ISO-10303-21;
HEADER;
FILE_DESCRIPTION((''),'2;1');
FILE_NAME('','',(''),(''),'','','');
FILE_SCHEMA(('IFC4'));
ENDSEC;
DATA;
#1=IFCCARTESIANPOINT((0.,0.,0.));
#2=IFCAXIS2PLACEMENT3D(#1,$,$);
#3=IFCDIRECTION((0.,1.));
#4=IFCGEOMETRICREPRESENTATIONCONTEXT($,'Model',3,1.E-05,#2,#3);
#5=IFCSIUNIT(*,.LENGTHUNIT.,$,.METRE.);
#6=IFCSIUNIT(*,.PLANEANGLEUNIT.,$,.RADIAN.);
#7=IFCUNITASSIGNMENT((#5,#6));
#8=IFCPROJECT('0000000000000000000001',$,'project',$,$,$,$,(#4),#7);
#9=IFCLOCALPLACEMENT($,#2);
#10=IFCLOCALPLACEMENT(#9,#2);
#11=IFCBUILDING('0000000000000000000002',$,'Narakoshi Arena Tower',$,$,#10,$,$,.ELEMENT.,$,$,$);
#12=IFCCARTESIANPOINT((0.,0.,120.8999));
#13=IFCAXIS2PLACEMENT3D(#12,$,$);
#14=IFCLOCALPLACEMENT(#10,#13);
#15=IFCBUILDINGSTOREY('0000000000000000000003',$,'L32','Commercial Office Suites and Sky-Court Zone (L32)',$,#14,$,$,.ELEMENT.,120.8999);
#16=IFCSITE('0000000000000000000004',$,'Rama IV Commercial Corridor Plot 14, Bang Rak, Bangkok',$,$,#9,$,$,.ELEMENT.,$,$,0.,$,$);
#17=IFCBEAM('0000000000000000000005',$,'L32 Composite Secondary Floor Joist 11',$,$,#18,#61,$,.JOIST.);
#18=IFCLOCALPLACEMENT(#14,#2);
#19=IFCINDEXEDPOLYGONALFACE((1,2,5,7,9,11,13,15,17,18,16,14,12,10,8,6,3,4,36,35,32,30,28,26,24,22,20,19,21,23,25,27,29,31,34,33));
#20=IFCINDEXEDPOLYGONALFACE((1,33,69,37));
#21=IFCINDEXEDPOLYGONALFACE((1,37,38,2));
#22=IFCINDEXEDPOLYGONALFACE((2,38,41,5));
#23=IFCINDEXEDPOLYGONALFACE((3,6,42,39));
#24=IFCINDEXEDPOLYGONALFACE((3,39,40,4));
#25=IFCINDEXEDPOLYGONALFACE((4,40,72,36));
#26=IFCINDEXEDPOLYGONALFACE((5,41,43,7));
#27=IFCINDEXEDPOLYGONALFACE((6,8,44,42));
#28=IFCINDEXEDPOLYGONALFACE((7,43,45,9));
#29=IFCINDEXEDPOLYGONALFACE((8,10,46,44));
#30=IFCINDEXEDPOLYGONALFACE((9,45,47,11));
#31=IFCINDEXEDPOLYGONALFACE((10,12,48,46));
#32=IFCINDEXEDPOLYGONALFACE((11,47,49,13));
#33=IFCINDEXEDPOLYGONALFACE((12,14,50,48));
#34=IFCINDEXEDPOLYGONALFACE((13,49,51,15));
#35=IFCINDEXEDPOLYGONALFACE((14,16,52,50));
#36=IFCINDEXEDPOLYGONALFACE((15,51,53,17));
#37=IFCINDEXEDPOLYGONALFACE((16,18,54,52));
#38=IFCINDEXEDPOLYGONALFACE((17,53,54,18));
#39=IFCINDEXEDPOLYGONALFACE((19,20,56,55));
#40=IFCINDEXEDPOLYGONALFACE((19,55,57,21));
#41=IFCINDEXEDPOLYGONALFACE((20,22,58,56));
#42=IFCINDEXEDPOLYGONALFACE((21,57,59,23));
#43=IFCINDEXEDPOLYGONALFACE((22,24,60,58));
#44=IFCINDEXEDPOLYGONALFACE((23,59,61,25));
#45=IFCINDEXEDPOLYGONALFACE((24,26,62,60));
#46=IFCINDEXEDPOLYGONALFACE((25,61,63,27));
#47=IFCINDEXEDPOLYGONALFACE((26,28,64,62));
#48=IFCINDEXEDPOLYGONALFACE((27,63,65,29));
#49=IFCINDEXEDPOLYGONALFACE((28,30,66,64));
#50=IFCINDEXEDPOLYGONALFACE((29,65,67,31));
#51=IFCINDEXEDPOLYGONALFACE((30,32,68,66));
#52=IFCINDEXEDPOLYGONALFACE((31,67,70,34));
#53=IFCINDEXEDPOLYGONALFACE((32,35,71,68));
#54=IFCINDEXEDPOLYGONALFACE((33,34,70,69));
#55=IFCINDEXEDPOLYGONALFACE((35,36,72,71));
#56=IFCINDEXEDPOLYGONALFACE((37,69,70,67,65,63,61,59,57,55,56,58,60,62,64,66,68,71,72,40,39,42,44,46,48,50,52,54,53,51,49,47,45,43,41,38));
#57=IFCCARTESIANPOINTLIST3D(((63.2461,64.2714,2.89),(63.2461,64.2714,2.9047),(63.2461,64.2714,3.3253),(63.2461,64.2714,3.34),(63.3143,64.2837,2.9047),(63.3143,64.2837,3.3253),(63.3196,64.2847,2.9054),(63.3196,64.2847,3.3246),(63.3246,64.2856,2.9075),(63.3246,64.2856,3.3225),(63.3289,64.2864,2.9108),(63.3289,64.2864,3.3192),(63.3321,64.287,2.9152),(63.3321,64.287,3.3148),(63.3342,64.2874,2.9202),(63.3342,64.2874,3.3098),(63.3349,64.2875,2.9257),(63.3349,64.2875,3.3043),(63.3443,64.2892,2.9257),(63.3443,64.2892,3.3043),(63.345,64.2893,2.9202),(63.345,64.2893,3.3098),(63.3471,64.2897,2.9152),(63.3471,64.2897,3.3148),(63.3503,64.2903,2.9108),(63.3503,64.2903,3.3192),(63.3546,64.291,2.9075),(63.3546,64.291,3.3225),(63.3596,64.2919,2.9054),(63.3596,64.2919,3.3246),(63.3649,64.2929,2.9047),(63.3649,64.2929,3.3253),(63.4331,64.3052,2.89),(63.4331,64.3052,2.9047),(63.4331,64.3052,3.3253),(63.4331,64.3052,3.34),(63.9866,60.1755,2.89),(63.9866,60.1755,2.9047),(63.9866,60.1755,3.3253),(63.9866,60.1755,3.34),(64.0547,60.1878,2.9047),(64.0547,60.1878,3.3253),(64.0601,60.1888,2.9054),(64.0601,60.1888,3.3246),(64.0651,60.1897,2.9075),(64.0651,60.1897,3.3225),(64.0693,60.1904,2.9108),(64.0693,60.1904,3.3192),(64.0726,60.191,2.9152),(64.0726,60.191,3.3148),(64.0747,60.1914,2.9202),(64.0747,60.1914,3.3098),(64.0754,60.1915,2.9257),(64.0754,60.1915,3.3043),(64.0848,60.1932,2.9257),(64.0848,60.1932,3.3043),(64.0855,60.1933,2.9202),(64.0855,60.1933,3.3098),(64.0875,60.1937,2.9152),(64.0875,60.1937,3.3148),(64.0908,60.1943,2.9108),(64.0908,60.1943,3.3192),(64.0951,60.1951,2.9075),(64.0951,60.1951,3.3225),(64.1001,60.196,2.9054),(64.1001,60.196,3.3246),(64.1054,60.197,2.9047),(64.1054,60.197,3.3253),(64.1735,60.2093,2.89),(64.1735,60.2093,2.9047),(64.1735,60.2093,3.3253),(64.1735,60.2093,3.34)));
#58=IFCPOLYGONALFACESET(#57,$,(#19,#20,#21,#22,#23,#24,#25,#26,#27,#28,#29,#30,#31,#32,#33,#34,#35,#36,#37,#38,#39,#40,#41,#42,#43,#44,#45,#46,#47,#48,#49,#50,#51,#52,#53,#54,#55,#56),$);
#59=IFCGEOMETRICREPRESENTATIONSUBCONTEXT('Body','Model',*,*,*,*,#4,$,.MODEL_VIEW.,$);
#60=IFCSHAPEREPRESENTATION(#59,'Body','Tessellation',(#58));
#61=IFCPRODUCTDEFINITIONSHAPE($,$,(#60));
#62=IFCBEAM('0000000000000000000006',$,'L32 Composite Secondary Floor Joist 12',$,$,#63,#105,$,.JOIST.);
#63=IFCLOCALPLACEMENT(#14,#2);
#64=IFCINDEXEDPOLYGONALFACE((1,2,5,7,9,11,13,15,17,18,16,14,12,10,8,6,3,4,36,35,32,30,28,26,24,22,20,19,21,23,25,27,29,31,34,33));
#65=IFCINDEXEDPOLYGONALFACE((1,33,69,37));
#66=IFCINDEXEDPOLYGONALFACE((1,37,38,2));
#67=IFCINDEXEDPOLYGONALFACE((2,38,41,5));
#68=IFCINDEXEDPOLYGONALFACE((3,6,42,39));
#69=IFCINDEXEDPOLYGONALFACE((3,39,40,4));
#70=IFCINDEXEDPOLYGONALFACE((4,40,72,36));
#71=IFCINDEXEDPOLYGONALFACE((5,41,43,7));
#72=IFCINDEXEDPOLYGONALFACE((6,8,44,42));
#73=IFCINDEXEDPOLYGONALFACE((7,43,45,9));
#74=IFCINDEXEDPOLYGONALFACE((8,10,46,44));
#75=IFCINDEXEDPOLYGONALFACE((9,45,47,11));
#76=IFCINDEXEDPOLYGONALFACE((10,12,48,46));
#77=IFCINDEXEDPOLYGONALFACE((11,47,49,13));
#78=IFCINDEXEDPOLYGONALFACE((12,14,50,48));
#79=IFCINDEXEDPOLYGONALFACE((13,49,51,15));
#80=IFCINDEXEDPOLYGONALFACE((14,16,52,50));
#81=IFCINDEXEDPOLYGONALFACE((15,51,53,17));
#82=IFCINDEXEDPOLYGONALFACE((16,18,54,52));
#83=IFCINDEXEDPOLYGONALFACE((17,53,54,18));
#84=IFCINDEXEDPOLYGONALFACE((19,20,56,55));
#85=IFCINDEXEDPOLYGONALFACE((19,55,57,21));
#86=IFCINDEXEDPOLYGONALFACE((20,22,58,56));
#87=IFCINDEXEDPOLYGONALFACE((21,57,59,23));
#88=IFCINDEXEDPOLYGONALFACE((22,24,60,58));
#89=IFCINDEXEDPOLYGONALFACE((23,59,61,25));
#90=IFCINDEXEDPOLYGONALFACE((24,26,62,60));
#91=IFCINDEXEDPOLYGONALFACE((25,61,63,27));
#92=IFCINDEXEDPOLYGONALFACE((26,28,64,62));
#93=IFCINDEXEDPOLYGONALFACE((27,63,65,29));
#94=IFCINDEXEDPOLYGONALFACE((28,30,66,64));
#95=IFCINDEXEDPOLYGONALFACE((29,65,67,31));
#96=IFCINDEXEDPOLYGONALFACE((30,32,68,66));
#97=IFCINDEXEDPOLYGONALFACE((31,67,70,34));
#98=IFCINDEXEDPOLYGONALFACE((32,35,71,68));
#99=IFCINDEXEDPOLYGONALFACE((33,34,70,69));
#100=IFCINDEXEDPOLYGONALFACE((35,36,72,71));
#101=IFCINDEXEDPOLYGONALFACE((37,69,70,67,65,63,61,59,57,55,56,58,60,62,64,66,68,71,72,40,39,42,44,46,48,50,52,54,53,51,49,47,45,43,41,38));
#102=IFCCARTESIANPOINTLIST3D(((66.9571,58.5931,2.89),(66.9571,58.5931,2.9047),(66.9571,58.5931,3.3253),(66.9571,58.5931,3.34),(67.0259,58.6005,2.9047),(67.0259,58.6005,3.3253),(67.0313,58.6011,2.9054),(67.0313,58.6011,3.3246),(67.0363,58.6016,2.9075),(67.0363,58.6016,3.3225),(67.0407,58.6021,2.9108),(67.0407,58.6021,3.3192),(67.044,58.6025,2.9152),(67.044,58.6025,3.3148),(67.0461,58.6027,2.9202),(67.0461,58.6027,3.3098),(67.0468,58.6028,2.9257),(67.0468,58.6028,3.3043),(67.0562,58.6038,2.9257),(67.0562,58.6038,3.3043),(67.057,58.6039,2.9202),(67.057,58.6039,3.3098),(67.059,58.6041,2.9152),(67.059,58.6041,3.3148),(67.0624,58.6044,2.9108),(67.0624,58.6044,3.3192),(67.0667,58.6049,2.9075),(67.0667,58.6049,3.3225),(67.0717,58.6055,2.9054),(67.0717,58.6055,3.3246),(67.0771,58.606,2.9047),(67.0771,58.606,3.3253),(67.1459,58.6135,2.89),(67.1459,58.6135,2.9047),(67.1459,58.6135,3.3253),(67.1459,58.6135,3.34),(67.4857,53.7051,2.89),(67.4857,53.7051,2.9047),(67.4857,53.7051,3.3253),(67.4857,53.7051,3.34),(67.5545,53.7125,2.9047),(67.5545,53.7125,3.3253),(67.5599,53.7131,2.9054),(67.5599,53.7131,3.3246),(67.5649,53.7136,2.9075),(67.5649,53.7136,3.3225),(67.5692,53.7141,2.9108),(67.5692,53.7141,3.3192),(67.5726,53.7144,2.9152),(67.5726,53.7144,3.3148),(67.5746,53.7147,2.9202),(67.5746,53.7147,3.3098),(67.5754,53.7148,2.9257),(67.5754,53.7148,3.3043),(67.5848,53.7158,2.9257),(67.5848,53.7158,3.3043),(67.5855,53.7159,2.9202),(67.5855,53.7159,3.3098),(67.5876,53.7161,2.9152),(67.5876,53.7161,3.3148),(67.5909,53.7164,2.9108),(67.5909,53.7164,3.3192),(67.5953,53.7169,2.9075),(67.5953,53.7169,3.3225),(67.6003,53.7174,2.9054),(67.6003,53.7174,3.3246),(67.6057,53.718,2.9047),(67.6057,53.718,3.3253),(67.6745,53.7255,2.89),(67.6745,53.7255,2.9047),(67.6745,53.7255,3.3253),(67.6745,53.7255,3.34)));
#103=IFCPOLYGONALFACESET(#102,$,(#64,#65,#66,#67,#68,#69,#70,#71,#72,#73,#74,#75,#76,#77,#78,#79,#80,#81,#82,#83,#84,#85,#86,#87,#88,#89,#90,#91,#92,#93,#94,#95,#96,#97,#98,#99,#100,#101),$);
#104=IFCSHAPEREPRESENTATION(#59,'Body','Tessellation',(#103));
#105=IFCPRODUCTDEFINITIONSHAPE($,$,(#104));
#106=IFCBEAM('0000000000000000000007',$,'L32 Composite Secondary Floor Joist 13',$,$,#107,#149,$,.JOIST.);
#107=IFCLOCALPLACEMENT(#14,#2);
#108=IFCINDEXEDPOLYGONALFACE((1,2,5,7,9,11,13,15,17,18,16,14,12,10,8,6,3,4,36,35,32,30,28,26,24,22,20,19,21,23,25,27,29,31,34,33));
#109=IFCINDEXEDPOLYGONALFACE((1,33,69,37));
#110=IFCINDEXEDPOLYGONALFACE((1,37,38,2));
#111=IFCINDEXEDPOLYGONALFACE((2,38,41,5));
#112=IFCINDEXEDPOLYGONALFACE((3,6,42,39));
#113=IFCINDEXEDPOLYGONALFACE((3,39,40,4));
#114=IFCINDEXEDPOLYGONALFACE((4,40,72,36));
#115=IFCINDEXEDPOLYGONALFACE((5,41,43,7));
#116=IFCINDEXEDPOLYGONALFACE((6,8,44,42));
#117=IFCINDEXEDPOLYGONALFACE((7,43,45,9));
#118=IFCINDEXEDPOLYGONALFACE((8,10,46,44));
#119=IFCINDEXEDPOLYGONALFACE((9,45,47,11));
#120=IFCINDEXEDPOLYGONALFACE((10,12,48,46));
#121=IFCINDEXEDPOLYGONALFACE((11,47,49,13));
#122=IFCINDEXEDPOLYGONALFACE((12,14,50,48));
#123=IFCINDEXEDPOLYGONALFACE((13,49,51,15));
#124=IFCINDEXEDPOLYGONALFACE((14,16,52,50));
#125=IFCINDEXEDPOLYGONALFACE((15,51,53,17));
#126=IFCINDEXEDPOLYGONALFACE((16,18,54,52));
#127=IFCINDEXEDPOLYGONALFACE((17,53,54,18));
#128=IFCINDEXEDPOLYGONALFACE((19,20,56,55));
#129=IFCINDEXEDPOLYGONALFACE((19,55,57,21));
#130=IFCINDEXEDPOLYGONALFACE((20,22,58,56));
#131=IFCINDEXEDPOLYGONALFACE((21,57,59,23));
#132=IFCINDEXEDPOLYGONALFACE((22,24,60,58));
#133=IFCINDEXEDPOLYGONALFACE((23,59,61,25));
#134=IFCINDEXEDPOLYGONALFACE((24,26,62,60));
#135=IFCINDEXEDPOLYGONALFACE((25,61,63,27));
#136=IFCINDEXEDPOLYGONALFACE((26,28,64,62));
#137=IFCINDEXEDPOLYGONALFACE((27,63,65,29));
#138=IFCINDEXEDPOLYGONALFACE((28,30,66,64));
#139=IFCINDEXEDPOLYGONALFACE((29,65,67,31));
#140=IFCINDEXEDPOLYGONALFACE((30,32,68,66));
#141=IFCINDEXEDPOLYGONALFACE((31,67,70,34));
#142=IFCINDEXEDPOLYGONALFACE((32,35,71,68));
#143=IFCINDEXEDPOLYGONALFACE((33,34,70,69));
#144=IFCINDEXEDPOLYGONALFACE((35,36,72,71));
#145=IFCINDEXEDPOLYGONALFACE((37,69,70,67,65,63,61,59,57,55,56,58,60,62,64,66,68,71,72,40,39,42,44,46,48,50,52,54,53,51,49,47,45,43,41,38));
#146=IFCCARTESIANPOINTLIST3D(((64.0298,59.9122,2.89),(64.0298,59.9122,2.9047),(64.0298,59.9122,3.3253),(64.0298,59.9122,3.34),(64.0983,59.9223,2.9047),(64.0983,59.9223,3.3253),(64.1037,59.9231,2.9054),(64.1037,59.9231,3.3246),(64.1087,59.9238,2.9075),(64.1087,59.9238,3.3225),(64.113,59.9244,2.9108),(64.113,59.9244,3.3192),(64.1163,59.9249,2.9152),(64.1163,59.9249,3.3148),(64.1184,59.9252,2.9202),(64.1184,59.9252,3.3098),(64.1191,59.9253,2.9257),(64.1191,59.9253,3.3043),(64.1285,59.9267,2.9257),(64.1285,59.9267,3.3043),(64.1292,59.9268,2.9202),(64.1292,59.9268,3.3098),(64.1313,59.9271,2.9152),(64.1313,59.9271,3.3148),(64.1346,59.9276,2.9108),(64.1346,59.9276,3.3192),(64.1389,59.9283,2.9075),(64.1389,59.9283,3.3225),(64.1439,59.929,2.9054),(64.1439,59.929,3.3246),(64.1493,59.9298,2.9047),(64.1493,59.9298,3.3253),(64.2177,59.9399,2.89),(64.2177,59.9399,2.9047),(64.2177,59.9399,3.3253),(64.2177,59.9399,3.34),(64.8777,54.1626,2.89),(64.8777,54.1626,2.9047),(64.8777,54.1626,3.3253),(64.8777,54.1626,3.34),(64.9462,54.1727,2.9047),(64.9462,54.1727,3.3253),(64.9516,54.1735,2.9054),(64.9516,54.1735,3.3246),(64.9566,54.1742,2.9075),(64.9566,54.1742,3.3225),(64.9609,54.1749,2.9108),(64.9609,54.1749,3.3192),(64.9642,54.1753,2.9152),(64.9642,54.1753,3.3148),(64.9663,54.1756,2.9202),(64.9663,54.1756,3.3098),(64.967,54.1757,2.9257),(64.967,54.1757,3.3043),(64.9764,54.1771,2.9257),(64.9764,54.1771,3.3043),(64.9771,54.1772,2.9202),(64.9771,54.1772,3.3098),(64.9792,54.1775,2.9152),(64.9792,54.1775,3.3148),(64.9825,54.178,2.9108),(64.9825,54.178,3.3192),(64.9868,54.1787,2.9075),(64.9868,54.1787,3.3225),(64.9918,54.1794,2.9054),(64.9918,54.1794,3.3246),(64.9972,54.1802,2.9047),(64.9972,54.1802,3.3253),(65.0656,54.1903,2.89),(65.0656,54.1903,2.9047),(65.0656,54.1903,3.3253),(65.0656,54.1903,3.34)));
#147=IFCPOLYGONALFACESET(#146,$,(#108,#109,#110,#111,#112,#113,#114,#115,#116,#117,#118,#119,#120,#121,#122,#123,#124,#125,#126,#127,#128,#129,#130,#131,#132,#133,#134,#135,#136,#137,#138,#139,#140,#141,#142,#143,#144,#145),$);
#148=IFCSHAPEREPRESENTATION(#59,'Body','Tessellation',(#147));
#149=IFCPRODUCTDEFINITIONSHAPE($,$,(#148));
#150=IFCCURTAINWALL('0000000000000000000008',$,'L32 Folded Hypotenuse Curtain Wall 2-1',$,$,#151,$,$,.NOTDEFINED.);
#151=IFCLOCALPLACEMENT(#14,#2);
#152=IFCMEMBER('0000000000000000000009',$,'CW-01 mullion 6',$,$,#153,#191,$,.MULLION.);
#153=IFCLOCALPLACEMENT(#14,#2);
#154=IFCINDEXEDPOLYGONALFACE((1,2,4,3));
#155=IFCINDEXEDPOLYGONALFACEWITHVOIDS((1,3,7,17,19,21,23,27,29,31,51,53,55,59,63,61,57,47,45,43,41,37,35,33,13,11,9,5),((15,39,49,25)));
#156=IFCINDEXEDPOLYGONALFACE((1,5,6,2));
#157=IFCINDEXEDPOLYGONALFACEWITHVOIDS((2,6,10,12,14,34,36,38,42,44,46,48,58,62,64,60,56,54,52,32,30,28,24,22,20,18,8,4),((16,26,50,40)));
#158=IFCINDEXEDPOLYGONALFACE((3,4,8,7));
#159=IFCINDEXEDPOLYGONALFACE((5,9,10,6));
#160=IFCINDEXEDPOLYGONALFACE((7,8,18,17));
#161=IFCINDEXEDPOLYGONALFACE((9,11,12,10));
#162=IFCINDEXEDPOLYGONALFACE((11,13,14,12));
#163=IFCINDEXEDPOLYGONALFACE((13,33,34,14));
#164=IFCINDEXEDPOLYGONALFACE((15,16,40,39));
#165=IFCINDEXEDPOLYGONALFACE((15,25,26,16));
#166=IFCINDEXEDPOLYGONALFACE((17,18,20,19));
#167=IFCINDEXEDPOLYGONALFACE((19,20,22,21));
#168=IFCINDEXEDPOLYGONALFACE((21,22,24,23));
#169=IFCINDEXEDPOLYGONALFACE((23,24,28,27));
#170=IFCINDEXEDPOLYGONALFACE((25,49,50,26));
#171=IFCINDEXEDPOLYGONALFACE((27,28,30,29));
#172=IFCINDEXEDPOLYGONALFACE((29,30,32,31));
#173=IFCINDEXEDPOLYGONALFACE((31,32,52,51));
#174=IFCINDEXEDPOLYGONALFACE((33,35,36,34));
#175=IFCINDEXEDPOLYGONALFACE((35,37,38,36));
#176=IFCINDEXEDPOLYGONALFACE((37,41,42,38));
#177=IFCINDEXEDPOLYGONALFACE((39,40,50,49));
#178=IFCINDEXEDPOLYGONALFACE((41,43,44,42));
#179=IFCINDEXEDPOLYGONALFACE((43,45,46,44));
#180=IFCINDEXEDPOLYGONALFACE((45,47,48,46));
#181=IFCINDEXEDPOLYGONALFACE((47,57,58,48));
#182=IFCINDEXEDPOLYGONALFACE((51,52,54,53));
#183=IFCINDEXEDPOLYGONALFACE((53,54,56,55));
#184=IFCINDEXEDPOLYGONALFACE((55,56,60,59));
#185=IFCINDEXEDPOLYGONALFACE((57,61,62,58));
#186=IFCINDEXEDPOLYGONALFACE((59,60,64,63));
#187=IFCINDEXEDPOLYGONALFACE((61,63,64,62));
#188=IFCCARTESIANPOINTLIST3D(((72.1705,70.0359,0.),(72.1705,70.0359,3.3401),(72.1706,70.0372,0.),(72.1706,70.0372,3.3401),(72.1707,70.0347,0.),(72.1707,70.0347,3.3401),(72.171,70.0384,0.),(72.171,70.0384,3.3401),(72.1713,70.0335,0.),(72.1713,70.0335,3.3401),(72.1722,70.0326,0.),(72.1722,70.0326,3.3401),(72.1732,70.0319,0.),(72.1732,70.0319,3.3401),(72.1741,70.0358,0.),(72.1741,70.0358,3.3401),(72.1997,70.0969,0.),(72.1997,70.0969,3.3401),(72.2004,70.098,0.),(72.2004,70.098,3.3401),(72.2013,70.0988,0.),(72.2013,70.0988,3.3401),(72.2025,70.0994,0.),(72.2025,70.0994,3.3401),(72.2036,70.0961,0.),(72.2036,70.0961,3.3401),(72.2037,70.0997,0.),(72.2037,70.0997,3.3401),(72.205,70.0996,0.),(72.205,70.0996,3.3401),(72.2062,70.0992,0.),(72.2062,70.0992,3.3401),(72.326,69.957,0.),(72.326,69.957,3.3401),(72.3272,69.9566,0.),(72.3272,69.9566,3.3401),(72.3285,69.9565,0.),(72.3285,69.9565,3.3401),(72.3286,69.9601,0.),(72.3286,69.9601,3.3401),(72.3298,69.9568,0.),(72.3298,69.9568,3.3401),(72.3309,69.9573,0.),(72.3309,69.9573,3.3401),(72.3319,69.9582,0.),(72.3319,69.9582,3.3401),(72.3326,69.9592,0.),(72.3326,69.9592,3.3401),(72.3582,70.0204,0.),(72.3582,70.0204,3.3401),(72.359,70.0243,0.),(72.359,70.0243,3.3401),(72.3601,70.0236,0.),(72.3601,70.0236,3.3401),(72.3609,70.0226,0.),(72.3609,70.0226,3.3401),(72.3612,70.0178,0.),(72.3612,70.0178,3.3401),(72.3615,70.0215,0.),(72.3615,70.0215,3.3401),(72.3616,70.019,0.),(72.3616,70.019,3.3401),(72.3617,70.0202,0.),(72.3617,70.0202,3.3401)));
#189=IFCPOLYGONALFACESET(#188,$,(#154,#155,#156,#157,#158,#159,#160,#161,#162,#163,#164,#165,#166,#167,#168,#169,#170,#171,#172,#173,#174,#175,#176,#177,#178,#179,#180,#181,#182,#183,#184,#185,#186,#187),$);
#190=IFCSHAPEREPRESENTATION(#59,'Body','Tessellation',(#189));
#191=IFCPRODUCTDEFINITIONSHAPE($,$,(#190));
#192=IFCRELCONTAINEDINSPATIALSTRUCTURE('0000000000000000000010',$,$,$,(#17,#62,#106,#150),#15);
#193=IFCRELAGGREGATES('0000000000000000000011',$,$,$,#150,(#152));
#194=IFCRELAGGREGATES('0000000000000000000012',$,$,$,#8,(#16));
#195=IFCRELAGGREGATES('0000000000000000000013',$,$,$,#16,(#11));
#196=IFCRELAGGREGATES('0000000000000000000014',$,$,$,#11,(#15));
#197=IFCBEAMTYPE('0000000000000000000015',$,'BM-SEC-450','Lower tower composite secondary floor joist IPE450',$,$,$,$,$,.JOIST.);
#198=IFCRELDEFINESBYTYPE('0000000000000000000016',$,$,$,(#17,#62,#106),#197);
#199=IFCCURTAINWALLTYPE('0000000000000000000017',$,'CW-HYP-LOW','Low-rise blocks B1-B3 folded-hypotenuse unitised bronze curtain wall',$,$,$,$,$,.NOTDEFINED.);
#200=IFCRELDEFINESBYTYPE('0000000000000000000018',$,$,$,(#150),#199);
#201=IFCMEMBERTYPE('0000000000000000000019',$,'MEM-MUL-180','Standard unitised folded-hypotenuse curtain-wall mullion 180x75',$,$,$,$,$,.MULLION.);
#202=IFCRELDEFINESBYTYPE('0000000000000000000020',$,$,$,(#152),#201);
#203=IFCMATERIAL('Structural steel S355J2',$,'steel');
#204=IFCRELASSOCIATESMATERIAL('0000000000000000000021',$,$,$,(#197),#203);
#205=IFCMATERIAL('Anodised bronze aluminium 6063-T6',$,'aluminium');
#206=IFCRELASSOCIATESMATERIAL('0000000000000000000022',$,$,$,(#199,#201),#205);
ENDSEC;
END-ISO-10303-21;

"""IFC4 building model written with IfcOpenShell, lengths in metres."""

from ifc_helpers import new_model, si_unit, direction, frame, origin, origin_2d, place, context, subcontext, project, spatial, hollow_rectangle, i_section, extrude, material, material_profile, profile_set, type_object, element, aggregate, save


model = new_model("IFC4")

# Units and contexts
model_context = context("Model", 3, precision=1e-05, world=origin(), true_north=direction((0.0, 1.0)))
body_context = subcontext(model_context, "Body", "Model", "MODEL_VIEW")
ifc_project = project(units=[si_unit("LENGTHUNIT", "METRE"), si_unit("PLANEANGLEUNIT", "RADIAN")], contexts=[model_context])

# Site, building, storey
site_placement = place(None, origin())
site = spatial("IfcSite", under=ifc_project, at=site_placement, Name="Rama IV Commercial Corridor Plot 14, Bang Rak, Bangkok", CompositionType="ELEMENT", RefElevation=0.0)
building_placement = place(site_placement, origin())
building = spatial("IfcBuilding", under=site, at=building_placement, Name="Narakoshi Arena Tower", CompositionType="ELEMENT")
storey_placement = place(building_placement, frame((0.0, 0.0, 120.8999)))
storey = spatial("IfcBuildingStorey", under=building, at=storey_placement, Name="L32", Description="Commercial Office Suites and Sky-Court Zone (L32)", CompositionType="ELEMENT", Elevation=120.8999)

# Beams
ifc_material_1 = material(Name="Structural steel S355J2", Category="steel")
ifc_material_profile_1 = material_profile(ifc_material_1, i_section(OverallWidth=0.1899, OverallDepth=0.45, WebThickness=0.0095, FlangeThickness=0.0146, FilletRadius=0.021, at=origin_2d()), Name="IPE450")
ifc_profile_set_1 = profile_set([ifc_material_profile_1], Name="Structural steel S355J2")
beam_type_1 = type_object("IfcBeamType", Name="BM-SEC-450", Description="Lower tower composite secondary floor joist IPE450", PredefinedType="JOIST", material=ifc_profile_set_1)
beam_1_placement = place(storey_placement, frame((63.3396, 64.2883, 3.115), z_axis=(0.177899, -0.984049, 0.0), x_axis=(0.984049, 0.177899, 0.0)))
element("IfcBeam", 1, at=beam_1_placement, inside=storey, type_object=beam_type_1, Name="L32 Composite Secondary Floor Joist 11", PredefinedType="JOIST", context=body_context, shape_type="SweptSolid", body=[
    extrude(i_section(OverallWidth=0.1899, OverallDepth=0.45, WebThickness=0.0095, FlangeThickness=0.0146, FilletRadius=0.021, at=origin_2d()), origin(), (0.0, 0.0, 1.0), 4.1624),
])
beam_2_placement = place(storey_placement, frame((67.0515, 58.6033, 3.115), z_axis=(0.10751, -0.994204, 0.0), x_axis=(0.994204, 0.10751, 0.0)))
element("IfcBeam", 2, at=beam_2_placement, inside=storey, type_object=beam_type_1, Name="L32 Composite Secondary Floor Joist 12", PredefinedType="JOIST", context=body_context, shape_type="SweptSolid", body=[
    extrude(i_section(OverallWidth=0.1899, OverallDepth=0.45, WebThickness=0.0095, FlangeThickness=0.0146, FilletRadius=0.021, at=origin_2d()), origin(), (0.0, 0.0, 1.0), 4.9165),
])
beam_3_placement = place(storey_placement, frame((64.1238, 59.926, 3.115), z_axis=(0.145895, -0.9893, 0.0), x_axis=(0.9893, 0.145895, 0.0)))
element("IfcBeam", 3, at=beam_3_placement, inside=storey, type_object=beam_type_1, Name="L32 Composite Secondary Floor Joist 13", PredefinedType="JOIST", context=body_context, shape_type="SweptSolid", body=[
    extrude(i_section(OverallWidth=0.1899, OverallDepth=0.45, WebThickness=0.0095, FlangeThickness=0.0146, FilletRadius=0.021, at=origin_2d()), origin(), (0.0, 0.0, 1.0), 5.8118),
])

# Curtain wall, member
ifc_material_2 = material(Name="Anodised bronze aluminium 6063-T6", Category="aluminium")
curtain_wall_type = type_object("IfcCurtainWallType", Name="CW-HYP-LOW", Description="Low-rise blocks B1-B3 folded-hypotenuse unitised bronze curtain wall", PredefinedType="NOTDEFINED", material=ifc_material_2)
curtain_wall_placement = place(storey_placement, origin())
curtain_wall = element("IfcCurtainWall", 4, at=curtain_wall_placement, inside=storey, type_object=curtain_wall_type, Name="L32 Folded Hypotenuse Curtain Wall 2-1", PredefinedType="NOTDEFINED")
ifc_material_profile_2 = material_profile(ifc_material_2, hollow_rectangle(XDim=0.075, YDim=0.1799, WallThickness=0.0039, OuterFilletRadius=0.0049, at=origin_2d()), Name="MUL180x75x4")
ifc_profile_set_2 = profile_set([ifc_material_profile_2], Name="Anodised bronze aluminium 6063-T6")
member_type_1 = type_object("IfcMemberType", Name="MEM-MUL-180", Description="Standard unitised folded-hypotenuse curtain-wall mullion 180x75", PredefinedType="MULLION", material=ifc_profile_set_2)
member_1_placement = place(storey_placement, frame((72.2661, 70.0281, 0.0), z_axis=(0.0, 0.0, 1.0), x_axis=(-0.440005, -0.897996, 0.0)))
member_1 = element("IfcMember", 5, at=member_1_placement, type_object=member_type_1, Name="CW-01 mullion 6", PredefinedType="MULLION", context=body_context, shape_type="SweptSolid", body=[
    extrude(hollow_rectangle(XDim=0.075, YDim=0.1799, WallThickness=0.0039, OuterFilletRadius=0.0049, at=origin_2d()), origin(), (0.0, 0.0, 1.0), 3.3401),
])
aggregate(curtain_wall, [member_1])

save(model, "model.ifc")
